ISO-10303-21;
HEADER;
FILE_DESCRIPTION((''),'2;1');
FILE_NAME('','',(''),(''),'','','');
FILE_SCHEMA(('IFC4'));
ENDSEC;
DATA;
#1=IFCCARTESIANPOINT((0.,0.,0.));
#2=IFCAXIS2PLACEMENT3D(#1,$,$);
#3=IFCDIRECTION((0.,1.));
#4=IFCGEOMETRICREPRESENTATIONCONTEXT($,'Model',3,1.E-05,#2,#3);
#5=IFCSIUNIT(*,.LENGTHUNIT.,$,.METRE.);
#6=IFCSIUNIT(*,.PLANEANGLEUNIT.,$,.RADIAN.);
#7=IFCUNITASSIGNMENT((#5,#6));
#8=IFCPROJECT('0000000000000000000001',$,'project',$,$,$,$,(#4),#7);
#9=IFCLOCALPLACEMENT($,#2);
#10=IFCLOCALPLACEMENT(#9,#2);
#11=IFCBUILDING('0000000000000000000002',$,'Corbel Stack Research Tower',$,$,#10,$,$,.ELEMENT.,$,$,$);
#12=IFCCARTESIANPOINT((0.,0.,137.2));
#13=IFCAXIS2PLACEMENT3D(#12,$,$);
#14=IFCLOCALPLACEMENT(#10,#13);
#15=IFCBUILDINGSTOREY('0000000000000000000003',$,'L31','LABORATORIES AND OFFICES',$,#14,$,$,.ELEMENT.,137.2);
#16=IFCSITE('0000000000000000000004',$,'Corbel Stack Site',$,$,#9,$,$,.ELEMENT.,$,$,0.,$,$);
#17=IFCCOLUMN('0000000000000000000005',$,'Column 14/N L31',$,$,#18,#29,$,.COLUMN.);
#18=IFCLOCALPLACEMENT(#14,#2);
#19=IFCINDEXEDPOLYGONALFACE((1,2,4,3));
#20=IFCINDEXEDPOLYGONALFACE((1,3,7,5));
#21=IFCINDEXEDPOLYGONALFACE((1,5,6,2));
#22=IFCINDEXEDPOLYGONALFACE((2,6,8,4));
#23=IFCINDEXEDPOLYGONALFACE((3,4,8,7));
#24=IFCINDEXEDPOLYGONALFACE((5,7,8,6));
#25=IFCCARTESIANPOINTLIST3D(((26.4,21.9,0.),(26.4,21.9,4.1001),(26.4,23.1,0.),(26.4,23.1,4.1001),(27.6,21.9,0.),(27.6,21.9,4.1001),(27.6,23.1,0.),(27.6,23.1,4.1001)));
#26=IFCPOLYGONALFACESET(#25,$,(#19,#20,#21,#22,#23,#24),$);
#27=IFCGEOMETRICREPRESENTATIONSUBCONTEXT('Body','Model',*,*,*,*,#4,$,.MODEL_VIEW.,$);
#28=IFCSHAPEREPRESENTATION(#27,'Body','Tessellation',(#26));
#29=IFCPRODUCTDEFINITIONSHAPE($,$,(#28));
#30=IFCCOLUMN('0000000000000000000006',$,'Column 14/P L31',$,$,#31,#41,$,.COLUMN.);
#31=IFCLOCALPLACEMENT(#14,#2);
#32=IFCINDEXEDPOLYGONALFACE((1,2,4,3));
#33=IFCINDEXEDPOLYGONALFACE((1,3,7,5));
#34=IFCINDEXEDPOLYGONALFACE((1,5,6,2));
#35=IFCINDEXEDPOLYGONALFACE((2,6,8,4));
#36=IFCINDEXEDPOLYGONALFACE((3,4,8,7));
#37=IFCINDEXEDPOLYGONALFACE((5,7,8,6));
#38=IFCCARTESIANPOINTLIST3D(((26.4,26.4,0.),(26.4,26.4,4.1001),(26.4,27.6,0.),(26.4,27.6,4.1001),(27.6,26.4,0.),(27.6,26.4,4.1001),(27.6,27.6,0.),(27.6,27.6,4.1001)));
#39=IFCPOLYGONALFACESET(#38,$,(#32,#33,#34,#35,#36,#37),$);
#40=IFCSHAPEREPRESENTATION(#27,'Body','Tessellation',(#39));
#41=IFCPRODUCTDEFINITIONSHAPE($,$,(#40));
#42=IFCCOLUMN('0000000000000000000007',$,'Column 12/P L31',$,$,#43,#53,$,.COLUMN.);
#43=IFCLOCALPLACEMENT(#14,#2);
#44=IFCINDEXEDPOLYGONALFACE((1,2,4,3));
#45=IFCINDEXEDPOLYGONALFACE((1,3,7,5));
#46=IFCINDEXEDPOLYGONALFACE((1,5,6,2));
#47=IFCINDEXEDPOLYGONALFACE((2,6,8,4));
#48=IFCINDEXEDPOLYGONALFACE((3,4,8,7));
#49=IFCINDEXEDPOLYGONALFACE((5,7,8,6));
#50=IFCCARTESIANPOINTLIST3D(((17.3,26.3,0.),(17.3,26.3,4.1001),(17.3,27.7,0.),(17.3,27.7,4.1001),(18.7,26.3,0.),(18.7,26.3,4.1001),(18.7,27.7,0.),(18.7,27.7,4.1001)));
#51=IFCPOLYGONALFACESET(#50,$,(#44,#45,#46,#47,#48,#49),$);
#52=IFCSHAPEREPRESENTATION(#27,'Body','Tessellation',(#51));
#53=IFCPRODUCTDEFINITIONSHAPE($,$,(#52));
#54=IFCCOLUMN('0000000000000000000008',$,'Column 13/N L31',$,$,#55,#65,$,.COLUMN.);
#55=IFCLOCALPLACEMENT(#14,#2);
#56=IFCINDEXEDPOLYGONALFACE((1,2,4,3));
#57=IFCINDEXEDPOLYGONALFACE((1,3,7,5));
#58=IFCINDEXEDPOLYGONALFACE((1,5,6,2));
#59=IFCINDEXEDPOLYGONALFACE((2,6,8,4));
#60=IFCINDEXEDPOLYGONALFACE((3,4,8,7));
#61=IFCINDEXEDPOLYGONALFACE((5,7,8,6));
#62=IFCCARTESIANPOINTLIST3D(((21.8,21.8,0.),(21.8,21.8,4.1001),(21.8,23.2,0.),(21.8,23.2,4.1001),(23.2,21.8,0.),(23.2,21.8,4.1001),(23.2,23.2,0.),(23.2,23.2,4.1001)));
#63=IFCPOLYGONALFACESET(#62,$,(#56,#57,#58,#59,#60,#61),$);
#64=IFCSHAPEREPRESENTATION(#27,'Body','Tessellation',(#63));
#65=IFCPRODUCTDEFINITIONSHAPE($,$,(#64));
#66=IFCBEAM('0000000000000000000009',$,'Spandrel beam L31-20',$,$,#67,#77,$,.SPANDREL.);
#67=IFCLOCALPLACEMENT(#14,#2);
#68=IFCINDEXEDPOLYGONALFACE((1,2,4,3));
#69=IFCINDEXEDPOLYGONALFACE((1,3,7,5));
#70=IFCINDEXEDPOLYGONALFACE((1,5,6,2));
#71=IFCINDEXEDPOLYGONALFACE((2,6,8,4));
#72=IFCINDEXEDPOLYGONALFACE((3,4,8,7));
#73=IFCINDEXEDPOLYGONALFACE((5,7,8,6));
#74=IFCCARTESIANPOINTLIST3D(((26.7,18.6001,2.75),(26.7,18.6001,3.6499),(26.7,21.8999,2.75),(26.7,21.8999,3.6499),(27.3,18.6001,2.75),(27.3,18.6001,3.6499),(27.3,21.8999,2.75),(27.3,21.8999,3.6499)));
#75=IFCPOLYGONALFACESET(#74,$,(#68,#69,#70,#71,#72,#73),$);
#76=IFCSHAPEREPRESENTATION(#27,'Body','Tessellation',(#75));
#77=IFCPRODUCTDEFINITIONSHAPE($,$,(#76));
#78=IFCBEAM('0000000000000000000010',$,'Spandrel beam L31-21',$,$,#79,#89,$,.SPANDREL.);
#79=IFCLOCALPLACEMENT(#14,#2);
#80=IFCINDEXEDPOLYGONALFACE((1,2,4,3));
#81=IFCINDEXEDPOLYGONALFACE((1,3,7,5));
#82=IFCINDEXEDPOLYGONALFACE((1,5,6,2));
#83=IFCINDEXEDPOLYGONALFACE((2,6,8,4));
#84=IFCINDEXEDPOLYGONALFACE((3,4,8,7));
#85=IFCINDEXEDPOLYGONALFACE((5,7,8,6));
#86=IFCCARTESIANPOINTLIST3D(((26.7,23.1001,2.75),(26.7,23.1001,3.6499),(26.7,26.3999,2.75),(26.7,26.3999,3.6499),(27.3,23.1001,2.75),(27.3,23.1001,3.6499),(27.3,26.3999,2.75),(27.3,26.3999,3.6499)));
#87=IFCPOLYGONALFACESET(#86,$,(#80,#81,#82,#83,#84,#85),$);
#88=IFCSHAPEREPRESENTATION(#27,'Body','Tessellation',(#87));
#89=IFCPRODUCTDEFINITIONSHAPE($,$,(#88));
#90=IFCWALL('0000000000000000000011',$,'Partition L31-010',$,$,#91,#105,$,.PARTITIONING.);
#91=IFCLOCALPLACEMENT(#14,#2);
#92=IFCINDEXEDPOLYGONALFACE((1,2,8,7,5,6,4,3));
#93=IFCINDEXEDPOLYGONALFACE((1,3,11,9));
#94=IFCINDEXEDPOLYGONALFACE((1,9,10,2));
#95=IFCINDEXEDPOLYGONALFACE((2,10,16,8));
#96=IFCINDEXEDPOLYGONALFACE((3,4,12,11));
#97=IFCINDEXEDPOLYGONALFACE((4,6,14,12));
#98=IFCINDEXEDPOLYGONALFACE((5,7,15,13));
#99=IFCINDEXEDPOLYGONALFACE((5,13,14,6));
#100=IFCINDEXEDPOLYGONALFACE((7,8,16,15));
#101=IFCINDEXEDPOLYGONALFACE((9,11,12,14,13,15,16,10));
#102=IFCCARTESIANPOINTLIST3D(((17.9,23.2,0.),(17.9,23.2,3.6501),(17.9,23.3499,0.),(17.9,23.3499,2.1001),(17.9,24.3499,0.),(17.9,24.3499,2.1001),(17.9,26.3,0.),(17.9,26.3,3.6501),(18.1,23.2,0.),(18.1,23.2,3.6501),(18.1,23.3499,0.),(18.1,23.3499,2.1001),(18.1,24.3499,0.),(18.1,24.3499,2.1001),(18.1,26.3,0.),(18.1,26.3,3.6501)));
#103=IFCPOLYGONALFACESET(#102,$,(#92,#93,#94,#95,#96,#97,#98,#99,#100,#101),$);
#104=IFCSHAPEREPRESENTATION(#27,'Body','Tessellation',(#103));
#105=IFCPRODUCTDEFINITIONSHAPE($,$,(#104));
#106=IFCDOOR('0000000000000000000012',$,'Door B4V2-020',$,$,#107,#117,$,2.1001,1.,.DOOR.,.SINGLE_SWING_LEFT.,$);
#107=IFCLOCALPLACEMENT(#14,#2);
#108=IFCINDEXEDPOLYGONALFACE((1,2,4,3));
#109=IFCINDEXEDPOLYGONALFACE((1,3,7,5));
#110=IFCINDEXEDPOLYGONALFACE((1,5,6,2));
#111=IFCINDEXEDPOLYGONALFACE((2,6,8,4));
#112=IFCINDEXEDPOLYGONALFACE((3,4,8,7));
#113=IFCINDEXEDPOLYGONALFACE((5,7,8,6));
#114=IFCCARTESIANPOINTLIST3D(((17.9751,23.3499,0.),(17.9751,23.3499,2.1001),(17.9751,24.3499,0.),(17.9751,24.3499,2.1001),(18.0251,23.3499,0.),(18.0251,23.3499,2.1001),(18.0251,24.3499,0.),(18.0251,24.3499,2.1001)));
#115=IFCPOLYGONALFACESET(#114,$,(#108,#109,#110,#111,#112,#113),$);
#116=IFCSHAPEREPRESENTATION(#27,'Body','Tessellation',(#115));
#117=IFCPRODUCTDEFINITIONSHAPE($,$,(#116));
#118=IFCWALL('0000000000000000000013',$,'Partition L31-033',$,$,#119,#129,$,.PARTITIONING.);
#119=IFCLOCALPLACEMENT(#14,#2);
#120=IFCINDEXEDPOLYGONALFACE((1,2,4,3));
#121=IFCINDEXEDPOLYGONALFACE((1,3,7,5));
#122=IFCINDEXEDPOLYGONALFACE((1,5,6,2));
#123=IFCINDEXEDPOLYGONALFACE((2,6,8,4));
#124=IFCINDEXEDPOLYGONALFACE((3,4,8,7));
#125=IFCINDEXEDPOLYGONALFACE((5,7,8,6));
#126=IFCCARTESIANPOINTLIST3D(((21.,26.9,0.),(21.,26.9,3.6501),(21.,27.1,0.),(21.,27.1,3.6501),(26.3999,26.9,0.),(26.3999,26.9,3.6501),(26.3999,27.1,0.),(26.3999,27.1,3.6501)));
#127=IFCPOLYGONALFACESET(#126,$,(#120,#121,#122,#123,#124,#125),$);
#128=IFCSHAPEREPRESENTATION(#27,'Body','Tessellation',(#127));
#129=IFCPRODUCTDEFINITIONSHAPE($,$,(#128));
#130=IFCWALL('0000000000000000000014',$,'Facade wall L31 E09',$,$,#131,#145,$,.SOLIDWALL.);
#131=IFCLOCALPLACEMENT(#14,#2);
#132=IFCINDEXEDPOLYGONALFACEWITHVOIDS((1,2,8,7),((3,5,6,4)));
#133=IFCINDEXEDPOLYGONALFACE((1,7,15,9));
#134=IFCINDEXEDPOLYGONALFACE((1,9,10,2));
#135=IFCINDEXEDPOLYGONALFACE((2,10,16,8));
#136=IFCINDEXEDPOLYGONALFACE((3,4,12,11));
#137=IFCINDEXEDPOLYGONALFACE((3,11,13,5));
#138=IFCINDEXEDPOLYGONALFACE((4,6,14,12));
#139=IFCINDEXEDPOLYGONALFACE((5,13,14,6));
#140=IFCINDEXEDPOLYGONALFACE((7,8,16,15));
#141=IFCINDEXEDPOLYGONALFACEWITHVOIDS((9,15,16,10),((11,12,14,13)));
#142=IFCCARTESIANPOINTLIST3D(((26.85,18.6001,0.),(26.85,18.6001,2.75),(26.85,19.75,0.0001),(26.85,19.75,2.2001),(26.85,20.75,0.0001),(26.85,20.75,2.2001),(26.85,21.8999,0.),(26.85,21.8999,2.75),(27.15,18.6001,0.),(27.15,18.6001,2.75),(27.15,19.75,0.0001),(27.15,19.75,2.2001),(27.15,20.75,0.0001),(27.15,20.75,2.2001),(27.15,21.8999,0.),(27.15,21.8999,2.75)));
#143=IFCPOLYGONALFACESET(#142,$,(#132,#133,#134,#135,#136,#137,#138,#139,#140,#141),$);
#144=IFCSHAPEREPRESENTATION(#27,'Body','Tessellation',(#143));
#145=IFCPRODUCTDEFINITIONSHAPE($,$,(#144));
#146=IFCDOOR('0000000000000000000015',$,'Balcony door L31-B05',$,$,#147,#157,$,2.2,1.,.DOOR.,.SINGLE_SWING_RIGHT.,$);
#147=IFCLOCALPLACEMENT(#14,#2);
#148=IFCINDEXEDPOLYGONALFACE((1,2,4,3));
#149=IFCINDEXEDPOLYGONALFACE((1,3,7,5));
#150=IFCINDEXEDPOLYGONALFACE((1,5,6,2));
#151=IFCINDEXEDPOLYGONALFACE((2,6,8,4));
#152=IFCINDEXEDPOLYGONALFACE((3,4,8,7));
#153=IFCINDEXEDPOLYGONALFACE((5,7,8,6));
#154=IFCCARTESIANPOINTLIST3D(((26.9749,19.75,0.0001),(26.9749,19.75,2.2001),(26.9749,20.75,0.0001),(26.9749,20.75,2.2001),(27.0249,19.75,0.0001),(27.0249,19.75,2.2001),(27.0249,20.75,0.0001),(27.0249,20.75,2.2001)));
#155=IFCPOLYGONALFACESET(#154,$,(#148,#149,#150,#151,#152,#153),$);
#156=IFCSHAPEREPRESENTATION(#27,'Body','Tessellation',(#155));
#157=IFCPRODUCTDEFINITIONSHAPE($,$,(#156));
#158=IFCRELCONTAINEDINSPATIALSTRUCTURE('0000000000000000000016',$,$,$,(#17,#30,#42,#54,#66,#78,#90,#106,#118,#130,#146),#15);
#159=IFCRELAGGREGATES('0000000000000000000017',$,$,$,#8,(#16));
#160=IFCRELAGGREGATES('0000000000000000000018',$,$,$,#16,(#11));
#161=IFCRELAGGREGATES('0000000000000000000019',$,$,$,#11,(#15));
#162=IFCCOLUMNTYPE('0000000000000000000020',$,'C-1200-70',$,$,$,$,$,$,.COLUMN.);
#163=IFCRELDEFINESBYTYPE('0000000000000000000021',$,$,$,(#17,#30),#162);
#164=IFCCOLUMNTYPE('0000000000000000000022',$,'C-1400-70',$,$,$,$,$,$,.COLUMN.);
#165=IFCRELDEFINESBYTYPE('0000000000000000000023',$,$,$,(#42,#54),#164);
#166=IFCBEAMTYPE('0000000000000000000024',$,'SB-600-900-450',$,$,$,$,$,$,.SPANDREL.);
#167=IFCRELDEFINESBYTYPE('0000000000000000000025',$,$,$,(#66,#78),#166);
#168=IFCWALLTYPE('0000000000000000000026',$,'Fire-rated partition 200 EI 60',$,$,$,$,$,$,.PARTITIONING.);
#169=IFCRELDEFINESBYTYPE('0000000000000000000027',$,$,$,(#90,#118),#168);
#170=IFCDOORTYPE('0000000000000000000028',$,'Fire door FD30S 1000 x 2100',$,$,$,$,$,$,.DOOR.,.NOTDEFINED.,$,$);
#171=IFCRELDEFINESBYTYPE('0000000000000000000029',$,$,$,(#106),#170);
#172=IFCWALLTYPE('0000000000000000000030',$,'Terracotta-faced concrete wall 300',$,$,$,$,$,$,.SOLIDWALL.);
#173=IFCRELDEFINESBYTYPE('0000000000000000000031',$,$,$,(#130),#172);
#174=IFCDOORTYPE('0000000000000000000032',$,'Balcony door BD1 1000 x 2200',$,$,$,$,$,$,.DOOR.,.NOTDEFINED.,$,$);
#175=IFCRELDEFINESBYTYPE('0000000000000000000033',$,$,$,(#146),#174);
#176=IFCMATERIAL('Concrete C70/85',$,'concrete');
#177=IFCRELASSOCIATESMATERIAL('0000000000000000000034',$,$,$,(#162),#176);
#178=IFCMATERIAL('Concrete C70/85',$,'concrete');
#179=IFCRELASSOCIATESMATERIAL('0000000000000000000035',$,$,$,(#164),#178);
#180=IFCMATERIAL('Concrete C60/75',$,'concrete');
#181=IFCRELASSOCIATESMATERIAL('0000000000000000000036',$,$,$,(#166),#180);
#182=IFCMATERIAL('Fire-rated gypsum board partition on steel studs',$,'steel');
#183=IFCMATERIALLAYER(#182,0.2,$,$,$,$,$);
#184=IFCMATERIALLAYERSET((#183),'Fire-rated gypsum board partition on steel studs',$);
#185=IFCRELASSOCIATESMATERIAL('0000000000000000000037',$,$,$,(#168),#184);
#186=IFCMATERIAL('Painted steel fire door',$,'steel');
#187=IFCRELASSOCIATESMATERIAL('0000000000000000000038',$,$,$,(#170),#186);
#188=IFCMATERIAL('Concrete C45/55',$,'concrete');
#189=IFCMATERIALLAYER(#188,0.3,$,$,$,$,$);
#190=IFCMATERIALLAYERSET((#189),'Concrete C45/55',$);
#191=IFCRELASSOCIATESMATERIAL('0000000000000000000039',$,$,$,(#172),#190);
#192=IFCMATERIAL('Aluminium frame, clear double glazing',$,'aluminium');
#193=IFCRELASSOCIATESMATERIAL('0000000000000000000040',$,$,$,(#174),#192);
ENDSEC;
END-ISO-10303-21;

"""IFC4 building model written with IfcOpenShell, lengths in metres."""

from ifc_helpers import new_model, si_unit, direction, frame, frame_2d, origin, origin_2d, place, context, subcontext, project, spatial, rectangle, extrude, material, layer, layer_set, material_profile, profile_set, type_object, element, fill, save


model = new_model("IFC4")

# Units and contexts
model_context = context("Model", 3, precision=1e-05, world=origin(), true_north=direction((0.0, 1.0)))
body_context = subcontext(model_context, "Body", "Model", "MODEL_VIEW")
ifc_project = project(units=[si_unit("LENGTHUNIT", "METRE"), si_unit("PLANEANGLEUNIT", "RADIAN")], contexts=[model_context])

# Site, building, storey
site_placement = place(None, origin())
site = spatial("IfcSite", under=ifc_project, at=site_placement, Name="Corbel Stack Site", CompositionType="ELEMENT", RefElevation=0.0)
building_placement = place(site_placement, origin())
building = spatial("IfcBuilding", under=site, at=building_placement, Name="Corbel Stack Research Tower", CompositionType="ELEMENT")
storey_placement = place(building_placement, frame((0.0, 0.0, 137.2)))
storey = spatial("IfcBuildingStorey", under=building, at=storey_placement, Name="L31", Description="LABORATORIES AND OFFICES", CompositionType="ELEMENT", Elevation=137.2)

# Columns
ifc_material_1 = material(Name="Concrete C70/85", Category="concrete")
ifc_material_profile_1 = material_profile(ifc_material_1, rectangle(XDim=1.2, YDim=1.2, at=origin_2d()), Name="RC 1200 x 1200")
ifc_profile_set_1 = profile_set([ifc_material_profile_1], Name="Concrete C70/85")
column_type_1 = type_object("IfcColumnType", Name="C-1200-70", PredefinedType="COLUMN", material=ifc_profile_set_1)
for number, where, z_axis, x_axis, name in (
    (1, (27.0, 22.5, 0.0), (0.0, 0.0, 1.0), (1.0, 0.0, 0.0), "Column 14/N L31"),
    (2, (27.0, 27.0, 0.0), (0.0, 0.0, 1.0), (1.0, 0.0, 0.0), "Column 14/P L31"),
):
    element("IfcColumn", number, at=place(storey_placement, frame(where, z_axis=z_axis, x_axis=x_axis)), inside=storey, type_object=column_type_1, Name=name, PredefinedType="COLUMN", context=body_context, shape_type="SweptSolid", body=[
        extrude(rectangle(XDim=1.2, YDim=1.2, at=origin_2d()), origin(), (0.0, 0.0, 1.0), 4.1001),
    ])
ifc_material_2 = material(Name="Concrete C70/85", Category="concrete")
ifc_material_profile_2 = material_profile(ifc_material_2, rectangle(XDim=1.3999, YDim=1.3999, at=origin_2d()), Name="RC 1400 x 1400")
ifc_profile_set_2 = profile_set([ifc_material_profile_2], Name="Concrete C70/85")
column_type_2 = type_object("IfcColumnType", Name="C-1400-70", PredefinedType="COLUMN", material=ifc_profile_set_2)
for number, where, z_axis, x_axis, name in (
    (3, (18.0, 27.0, 0.0), (0.0, 0.0, 1.0), (1.0, 0.0, 0.0), "Column 12/P L31"),
    (4, (22.5, 22.5, 0.0), (0.0, 0.0, 1.0), (1.0, 0.0, 0.0), "Column 13/N L31"),
):
    element("IfcColumn", number, at=place(storey_placement, frame(where, z_axis=z_axis, x_axis=x_axis)), inside=storey, type_object=column_type_2, Name=name, PredefinedType="COLUMN", context=body_context, shape_type="SweptSolid", body=[
        extrude(rectangle(XDim=1.3999, YDim=1.3999, at=origin_2d()), origin(), (0.0, 0.0, 1.0), 4.1001),
    ])

# Beams
ifc_material_3 = material(Name="Concrete C60/75", Category="concrete")
ifc_material_profile_3 = material_profile(ifc_material_3, rectangle(XDim=0.6001, YDim=0.8999, at=origin_2d()), Name="RC 600 x 900")
ifc_profile_set_3 = profile_set([ifc_material_profile_3], Name="Concrete C60/75")
beam_type = type_object("IfcBeamType", Name="SB-600-900-450", PredefinedType="SPANDREL", material=ifc_profile_set_3)
for number, where, z_axis, x_axis, name in (
    (5, (27.0, 18.6001, 3.2), (0.0, 1.0, 0.0), (-1.0, 0.0, 0.0), "Spandrel beam L31-20"),
    (6, (27.0, 23.1001, 3.2), (0.0, 1.0, 0.0), (-1.0, 0.0, 0.0), "Spandrel beam L31-21"),
):
    element("IfcBeam", number, at=place(storey_placement, frame(where, z_axis=z_axis, x_axis=x_axis)), inside=storey, type_object=beam_type, Name=name, PredefinedType="SPANDREL", context=body_context, shape_type="SweptSolid", body=[
        extrude(rectangle(XDim=0.6001, YDim=0.8999, at=origin_2d()), origin(), (0.0, 0.0, 1.0), 3.2998),
    ])

# Wall, opening, door
ifc_material_4 = material(Name="Fire-rated gypsum board partition on steel studs", Category="steel")
ifc_layer_1 = layer(ifc_material_4, 0.2)
ifc_layer_set_1 = layer_set([ifc_layer_1], Name="Fire-rated gypsum board partition on steel studs")
wall_type_1 = type_object("IfcWallType", Name="Fire-rated partition 200 EI 60", PredefinedType="PARTITIONING", material=ifc_layer_set_1)
wall_1_placement = place(storey_placement, frame((18.0, 23.2, 0.0), z_axis=(0.0, 0.0, 1.0), x_axis=(0.0, 1.0, 0.0)))
wall_1 = element("IfcWall", 7, at=wall_1_placement, inside=storey, type_object=wall_type_1, Name="Partition L31-010", PredefinedType="PARTITIONING", context=body_context, shape_type="SweptSolid", body=[
    extrude(rectangle(XDim=3.1001, YDim=0.2, at=frame_2d((1.55, 0.0))), origin(), (0.0, 0.0, 1.0), 3.6501),
])
opening_1_placement = place(wall_1_placement, frame((0.1499, 0.0, 0.0)))
opening_1 = element("IfcOpeningElement", 8, at=opening_1_placement, cuts=wall_1, PredefinedType="OPENING", context=body_context, shape_type="SweptSolid", body=[
    extrude(rectangle(XDim=1.0, YDim=2.1001, at=frame_2d((0.5, 1.05))), frame((0.0, 0.1099, 0.0), z_axis=(0.0, -1.0, 0.0), x_axis=(1.0, 0.0, 0.0)), (0.0, 0.0, 1.0), 0.22),
])
ifc_material_5 = material(Name="Painted steel fire door", Category="steel")
door_type_1 = type_object("IfcDoorType", Name="Fire door FD30S 1000 x 2100", OperationType="NOTDEFINED", PredefinedType="DOOR", material=ifc_material_5)
door_1_placement = place(opening_1_placement, origin())
door_1 = element("IfcDoor", 9, at=door_1_placement, inside=storey, type_object=door_type_1, Name="Door B4V2-020", OperationType="SINGLE_SWING_LEFT", OverallHeight=2.1001, OverallWidth=1.0, PredefinedType="DOOR", context=body_context, shape_type="SweptSolid", body=[
    extrude(rectangle(XDim=1.0, YDim=2.1001, at=frame_2d((0.5, 1.05))), frame((0.0, 0.0249, 0.0), z_axis=(0.0, -1.0, 0.0), x_axis=(1.0, 0.0, 0.0)), (0.0, 0.0, 1.0), 0.05),
])
fill(opening_1, door_1)

# Wall
wall_2_placement = place(storey_placement, frame((21.0, 27.0, 0.0), z_axis=(0.0, 0.0, 1.0), x_axis=(1.0, 0.0, 0.0)))
element("IfcWall", 10, at=wall_2_placement, inside=storey, type_object=wall_type_1, Name="Partition L31-033", PredefinedType="PARTITIONING", context=body_context, shape_type="SweptSolid", body=[
    extrude(rectangle(XDim=5.3999, YDim=0.2, at=frame_2d((2.7, 0.0))), origin(), (0.0, 0.0, 1.0), 3.6501),
])

# Wall, opening, door
ifc_material_6 = material(Name="Concrete C45/55", Category="concrete")
ifc_layer_2 = layer(ifc_material_6, 0.3)
ifc_layer_set_2 = layer_set([ifc_layer_2], Name="Concrete C45/55")
wall_type_2 = type_object("IfcWallType", Name="Terracotta-faced concrete wall 300", PredefinedType="SOLIDWALL", material=ifc_layer_set_2)
wall_3_placement = place(storey_placement, frame((27.0, 21.8999, 0.0), z_axis=(0.0, 0.0, 1.0), x_axis=(0.0, -1.0, 0.0)))
wall_3 = element("IfcWall", 11, at=wall_3_placement, inside=storey, type_object=wall_type_2, Name="Facade wall L31 E09", PredefinedType="SOLIDWALL", context=body_context, shape_type="SweptSolid", body=[
    extrude(rectangle(XDim=3.2998, YDim=0.3, at=frame_2d((1.6499, 0.0))), origin(), (0.0, 0.0, 1.0), 2.75),
])
opening_2_placement = place(wall_3_placement, frame((1.1499, 0.0, 0.0)))
opening_2 = element("IfcOpeningElement", 12, at=opening_2_placement, cuts=wall_3, PredefinedType="OPENING", context=body_context, shape_type="SweptSolid", body=[
    extrude(rectangle(XDim=1.0, YDim=2.2, at=frame_2d((0.5, 1.1001))), frame((0.0, 0.1599, 0.0), z_axis=(0.0, -1.0, 0.0), x_axis=(1.0, 0.0, 0.0)), (0.0, 0.0, 1.0), 0.3201),
])
ifc_material_7 = material(Name="Aluminium frame, clear double glazing", Category="aluminium")
door_type_2 = type_object("IfcDoorType", Name="Balcony door BD1 1000 x 2200", OperationType="NOTDEFINED", PredefinedType="DOOR", material=ifc_material_7)
door_2_placement = place(opening_2_placement, origin())
door_2 = element("IfcDoor", 13, at=door_2_placement, inside=storey, type_object=door_type_2, Name="Balcony door L31-B05", OperationType="SINGLE_SWING_RIGHT", OverallHeight=2.2, OverallWidth=1.0, PredefinedType="DOOR", context=body_context, shape_type="SweptSolid", body=[
    extrude(rectangle(XDim=1.0, YDim=2.2, at=frame_2d((0.5, 1.1001))), frame((0.0, 0.0249, 0.0), z_axis=(0.0, -1.0, 0.0), x_axis=(1.0, 0.0, 0.0)), (0.0, 0.0, 1.0), 0.05),
])
fill(opening_2, door_2)

save(model, "model.ifc")
